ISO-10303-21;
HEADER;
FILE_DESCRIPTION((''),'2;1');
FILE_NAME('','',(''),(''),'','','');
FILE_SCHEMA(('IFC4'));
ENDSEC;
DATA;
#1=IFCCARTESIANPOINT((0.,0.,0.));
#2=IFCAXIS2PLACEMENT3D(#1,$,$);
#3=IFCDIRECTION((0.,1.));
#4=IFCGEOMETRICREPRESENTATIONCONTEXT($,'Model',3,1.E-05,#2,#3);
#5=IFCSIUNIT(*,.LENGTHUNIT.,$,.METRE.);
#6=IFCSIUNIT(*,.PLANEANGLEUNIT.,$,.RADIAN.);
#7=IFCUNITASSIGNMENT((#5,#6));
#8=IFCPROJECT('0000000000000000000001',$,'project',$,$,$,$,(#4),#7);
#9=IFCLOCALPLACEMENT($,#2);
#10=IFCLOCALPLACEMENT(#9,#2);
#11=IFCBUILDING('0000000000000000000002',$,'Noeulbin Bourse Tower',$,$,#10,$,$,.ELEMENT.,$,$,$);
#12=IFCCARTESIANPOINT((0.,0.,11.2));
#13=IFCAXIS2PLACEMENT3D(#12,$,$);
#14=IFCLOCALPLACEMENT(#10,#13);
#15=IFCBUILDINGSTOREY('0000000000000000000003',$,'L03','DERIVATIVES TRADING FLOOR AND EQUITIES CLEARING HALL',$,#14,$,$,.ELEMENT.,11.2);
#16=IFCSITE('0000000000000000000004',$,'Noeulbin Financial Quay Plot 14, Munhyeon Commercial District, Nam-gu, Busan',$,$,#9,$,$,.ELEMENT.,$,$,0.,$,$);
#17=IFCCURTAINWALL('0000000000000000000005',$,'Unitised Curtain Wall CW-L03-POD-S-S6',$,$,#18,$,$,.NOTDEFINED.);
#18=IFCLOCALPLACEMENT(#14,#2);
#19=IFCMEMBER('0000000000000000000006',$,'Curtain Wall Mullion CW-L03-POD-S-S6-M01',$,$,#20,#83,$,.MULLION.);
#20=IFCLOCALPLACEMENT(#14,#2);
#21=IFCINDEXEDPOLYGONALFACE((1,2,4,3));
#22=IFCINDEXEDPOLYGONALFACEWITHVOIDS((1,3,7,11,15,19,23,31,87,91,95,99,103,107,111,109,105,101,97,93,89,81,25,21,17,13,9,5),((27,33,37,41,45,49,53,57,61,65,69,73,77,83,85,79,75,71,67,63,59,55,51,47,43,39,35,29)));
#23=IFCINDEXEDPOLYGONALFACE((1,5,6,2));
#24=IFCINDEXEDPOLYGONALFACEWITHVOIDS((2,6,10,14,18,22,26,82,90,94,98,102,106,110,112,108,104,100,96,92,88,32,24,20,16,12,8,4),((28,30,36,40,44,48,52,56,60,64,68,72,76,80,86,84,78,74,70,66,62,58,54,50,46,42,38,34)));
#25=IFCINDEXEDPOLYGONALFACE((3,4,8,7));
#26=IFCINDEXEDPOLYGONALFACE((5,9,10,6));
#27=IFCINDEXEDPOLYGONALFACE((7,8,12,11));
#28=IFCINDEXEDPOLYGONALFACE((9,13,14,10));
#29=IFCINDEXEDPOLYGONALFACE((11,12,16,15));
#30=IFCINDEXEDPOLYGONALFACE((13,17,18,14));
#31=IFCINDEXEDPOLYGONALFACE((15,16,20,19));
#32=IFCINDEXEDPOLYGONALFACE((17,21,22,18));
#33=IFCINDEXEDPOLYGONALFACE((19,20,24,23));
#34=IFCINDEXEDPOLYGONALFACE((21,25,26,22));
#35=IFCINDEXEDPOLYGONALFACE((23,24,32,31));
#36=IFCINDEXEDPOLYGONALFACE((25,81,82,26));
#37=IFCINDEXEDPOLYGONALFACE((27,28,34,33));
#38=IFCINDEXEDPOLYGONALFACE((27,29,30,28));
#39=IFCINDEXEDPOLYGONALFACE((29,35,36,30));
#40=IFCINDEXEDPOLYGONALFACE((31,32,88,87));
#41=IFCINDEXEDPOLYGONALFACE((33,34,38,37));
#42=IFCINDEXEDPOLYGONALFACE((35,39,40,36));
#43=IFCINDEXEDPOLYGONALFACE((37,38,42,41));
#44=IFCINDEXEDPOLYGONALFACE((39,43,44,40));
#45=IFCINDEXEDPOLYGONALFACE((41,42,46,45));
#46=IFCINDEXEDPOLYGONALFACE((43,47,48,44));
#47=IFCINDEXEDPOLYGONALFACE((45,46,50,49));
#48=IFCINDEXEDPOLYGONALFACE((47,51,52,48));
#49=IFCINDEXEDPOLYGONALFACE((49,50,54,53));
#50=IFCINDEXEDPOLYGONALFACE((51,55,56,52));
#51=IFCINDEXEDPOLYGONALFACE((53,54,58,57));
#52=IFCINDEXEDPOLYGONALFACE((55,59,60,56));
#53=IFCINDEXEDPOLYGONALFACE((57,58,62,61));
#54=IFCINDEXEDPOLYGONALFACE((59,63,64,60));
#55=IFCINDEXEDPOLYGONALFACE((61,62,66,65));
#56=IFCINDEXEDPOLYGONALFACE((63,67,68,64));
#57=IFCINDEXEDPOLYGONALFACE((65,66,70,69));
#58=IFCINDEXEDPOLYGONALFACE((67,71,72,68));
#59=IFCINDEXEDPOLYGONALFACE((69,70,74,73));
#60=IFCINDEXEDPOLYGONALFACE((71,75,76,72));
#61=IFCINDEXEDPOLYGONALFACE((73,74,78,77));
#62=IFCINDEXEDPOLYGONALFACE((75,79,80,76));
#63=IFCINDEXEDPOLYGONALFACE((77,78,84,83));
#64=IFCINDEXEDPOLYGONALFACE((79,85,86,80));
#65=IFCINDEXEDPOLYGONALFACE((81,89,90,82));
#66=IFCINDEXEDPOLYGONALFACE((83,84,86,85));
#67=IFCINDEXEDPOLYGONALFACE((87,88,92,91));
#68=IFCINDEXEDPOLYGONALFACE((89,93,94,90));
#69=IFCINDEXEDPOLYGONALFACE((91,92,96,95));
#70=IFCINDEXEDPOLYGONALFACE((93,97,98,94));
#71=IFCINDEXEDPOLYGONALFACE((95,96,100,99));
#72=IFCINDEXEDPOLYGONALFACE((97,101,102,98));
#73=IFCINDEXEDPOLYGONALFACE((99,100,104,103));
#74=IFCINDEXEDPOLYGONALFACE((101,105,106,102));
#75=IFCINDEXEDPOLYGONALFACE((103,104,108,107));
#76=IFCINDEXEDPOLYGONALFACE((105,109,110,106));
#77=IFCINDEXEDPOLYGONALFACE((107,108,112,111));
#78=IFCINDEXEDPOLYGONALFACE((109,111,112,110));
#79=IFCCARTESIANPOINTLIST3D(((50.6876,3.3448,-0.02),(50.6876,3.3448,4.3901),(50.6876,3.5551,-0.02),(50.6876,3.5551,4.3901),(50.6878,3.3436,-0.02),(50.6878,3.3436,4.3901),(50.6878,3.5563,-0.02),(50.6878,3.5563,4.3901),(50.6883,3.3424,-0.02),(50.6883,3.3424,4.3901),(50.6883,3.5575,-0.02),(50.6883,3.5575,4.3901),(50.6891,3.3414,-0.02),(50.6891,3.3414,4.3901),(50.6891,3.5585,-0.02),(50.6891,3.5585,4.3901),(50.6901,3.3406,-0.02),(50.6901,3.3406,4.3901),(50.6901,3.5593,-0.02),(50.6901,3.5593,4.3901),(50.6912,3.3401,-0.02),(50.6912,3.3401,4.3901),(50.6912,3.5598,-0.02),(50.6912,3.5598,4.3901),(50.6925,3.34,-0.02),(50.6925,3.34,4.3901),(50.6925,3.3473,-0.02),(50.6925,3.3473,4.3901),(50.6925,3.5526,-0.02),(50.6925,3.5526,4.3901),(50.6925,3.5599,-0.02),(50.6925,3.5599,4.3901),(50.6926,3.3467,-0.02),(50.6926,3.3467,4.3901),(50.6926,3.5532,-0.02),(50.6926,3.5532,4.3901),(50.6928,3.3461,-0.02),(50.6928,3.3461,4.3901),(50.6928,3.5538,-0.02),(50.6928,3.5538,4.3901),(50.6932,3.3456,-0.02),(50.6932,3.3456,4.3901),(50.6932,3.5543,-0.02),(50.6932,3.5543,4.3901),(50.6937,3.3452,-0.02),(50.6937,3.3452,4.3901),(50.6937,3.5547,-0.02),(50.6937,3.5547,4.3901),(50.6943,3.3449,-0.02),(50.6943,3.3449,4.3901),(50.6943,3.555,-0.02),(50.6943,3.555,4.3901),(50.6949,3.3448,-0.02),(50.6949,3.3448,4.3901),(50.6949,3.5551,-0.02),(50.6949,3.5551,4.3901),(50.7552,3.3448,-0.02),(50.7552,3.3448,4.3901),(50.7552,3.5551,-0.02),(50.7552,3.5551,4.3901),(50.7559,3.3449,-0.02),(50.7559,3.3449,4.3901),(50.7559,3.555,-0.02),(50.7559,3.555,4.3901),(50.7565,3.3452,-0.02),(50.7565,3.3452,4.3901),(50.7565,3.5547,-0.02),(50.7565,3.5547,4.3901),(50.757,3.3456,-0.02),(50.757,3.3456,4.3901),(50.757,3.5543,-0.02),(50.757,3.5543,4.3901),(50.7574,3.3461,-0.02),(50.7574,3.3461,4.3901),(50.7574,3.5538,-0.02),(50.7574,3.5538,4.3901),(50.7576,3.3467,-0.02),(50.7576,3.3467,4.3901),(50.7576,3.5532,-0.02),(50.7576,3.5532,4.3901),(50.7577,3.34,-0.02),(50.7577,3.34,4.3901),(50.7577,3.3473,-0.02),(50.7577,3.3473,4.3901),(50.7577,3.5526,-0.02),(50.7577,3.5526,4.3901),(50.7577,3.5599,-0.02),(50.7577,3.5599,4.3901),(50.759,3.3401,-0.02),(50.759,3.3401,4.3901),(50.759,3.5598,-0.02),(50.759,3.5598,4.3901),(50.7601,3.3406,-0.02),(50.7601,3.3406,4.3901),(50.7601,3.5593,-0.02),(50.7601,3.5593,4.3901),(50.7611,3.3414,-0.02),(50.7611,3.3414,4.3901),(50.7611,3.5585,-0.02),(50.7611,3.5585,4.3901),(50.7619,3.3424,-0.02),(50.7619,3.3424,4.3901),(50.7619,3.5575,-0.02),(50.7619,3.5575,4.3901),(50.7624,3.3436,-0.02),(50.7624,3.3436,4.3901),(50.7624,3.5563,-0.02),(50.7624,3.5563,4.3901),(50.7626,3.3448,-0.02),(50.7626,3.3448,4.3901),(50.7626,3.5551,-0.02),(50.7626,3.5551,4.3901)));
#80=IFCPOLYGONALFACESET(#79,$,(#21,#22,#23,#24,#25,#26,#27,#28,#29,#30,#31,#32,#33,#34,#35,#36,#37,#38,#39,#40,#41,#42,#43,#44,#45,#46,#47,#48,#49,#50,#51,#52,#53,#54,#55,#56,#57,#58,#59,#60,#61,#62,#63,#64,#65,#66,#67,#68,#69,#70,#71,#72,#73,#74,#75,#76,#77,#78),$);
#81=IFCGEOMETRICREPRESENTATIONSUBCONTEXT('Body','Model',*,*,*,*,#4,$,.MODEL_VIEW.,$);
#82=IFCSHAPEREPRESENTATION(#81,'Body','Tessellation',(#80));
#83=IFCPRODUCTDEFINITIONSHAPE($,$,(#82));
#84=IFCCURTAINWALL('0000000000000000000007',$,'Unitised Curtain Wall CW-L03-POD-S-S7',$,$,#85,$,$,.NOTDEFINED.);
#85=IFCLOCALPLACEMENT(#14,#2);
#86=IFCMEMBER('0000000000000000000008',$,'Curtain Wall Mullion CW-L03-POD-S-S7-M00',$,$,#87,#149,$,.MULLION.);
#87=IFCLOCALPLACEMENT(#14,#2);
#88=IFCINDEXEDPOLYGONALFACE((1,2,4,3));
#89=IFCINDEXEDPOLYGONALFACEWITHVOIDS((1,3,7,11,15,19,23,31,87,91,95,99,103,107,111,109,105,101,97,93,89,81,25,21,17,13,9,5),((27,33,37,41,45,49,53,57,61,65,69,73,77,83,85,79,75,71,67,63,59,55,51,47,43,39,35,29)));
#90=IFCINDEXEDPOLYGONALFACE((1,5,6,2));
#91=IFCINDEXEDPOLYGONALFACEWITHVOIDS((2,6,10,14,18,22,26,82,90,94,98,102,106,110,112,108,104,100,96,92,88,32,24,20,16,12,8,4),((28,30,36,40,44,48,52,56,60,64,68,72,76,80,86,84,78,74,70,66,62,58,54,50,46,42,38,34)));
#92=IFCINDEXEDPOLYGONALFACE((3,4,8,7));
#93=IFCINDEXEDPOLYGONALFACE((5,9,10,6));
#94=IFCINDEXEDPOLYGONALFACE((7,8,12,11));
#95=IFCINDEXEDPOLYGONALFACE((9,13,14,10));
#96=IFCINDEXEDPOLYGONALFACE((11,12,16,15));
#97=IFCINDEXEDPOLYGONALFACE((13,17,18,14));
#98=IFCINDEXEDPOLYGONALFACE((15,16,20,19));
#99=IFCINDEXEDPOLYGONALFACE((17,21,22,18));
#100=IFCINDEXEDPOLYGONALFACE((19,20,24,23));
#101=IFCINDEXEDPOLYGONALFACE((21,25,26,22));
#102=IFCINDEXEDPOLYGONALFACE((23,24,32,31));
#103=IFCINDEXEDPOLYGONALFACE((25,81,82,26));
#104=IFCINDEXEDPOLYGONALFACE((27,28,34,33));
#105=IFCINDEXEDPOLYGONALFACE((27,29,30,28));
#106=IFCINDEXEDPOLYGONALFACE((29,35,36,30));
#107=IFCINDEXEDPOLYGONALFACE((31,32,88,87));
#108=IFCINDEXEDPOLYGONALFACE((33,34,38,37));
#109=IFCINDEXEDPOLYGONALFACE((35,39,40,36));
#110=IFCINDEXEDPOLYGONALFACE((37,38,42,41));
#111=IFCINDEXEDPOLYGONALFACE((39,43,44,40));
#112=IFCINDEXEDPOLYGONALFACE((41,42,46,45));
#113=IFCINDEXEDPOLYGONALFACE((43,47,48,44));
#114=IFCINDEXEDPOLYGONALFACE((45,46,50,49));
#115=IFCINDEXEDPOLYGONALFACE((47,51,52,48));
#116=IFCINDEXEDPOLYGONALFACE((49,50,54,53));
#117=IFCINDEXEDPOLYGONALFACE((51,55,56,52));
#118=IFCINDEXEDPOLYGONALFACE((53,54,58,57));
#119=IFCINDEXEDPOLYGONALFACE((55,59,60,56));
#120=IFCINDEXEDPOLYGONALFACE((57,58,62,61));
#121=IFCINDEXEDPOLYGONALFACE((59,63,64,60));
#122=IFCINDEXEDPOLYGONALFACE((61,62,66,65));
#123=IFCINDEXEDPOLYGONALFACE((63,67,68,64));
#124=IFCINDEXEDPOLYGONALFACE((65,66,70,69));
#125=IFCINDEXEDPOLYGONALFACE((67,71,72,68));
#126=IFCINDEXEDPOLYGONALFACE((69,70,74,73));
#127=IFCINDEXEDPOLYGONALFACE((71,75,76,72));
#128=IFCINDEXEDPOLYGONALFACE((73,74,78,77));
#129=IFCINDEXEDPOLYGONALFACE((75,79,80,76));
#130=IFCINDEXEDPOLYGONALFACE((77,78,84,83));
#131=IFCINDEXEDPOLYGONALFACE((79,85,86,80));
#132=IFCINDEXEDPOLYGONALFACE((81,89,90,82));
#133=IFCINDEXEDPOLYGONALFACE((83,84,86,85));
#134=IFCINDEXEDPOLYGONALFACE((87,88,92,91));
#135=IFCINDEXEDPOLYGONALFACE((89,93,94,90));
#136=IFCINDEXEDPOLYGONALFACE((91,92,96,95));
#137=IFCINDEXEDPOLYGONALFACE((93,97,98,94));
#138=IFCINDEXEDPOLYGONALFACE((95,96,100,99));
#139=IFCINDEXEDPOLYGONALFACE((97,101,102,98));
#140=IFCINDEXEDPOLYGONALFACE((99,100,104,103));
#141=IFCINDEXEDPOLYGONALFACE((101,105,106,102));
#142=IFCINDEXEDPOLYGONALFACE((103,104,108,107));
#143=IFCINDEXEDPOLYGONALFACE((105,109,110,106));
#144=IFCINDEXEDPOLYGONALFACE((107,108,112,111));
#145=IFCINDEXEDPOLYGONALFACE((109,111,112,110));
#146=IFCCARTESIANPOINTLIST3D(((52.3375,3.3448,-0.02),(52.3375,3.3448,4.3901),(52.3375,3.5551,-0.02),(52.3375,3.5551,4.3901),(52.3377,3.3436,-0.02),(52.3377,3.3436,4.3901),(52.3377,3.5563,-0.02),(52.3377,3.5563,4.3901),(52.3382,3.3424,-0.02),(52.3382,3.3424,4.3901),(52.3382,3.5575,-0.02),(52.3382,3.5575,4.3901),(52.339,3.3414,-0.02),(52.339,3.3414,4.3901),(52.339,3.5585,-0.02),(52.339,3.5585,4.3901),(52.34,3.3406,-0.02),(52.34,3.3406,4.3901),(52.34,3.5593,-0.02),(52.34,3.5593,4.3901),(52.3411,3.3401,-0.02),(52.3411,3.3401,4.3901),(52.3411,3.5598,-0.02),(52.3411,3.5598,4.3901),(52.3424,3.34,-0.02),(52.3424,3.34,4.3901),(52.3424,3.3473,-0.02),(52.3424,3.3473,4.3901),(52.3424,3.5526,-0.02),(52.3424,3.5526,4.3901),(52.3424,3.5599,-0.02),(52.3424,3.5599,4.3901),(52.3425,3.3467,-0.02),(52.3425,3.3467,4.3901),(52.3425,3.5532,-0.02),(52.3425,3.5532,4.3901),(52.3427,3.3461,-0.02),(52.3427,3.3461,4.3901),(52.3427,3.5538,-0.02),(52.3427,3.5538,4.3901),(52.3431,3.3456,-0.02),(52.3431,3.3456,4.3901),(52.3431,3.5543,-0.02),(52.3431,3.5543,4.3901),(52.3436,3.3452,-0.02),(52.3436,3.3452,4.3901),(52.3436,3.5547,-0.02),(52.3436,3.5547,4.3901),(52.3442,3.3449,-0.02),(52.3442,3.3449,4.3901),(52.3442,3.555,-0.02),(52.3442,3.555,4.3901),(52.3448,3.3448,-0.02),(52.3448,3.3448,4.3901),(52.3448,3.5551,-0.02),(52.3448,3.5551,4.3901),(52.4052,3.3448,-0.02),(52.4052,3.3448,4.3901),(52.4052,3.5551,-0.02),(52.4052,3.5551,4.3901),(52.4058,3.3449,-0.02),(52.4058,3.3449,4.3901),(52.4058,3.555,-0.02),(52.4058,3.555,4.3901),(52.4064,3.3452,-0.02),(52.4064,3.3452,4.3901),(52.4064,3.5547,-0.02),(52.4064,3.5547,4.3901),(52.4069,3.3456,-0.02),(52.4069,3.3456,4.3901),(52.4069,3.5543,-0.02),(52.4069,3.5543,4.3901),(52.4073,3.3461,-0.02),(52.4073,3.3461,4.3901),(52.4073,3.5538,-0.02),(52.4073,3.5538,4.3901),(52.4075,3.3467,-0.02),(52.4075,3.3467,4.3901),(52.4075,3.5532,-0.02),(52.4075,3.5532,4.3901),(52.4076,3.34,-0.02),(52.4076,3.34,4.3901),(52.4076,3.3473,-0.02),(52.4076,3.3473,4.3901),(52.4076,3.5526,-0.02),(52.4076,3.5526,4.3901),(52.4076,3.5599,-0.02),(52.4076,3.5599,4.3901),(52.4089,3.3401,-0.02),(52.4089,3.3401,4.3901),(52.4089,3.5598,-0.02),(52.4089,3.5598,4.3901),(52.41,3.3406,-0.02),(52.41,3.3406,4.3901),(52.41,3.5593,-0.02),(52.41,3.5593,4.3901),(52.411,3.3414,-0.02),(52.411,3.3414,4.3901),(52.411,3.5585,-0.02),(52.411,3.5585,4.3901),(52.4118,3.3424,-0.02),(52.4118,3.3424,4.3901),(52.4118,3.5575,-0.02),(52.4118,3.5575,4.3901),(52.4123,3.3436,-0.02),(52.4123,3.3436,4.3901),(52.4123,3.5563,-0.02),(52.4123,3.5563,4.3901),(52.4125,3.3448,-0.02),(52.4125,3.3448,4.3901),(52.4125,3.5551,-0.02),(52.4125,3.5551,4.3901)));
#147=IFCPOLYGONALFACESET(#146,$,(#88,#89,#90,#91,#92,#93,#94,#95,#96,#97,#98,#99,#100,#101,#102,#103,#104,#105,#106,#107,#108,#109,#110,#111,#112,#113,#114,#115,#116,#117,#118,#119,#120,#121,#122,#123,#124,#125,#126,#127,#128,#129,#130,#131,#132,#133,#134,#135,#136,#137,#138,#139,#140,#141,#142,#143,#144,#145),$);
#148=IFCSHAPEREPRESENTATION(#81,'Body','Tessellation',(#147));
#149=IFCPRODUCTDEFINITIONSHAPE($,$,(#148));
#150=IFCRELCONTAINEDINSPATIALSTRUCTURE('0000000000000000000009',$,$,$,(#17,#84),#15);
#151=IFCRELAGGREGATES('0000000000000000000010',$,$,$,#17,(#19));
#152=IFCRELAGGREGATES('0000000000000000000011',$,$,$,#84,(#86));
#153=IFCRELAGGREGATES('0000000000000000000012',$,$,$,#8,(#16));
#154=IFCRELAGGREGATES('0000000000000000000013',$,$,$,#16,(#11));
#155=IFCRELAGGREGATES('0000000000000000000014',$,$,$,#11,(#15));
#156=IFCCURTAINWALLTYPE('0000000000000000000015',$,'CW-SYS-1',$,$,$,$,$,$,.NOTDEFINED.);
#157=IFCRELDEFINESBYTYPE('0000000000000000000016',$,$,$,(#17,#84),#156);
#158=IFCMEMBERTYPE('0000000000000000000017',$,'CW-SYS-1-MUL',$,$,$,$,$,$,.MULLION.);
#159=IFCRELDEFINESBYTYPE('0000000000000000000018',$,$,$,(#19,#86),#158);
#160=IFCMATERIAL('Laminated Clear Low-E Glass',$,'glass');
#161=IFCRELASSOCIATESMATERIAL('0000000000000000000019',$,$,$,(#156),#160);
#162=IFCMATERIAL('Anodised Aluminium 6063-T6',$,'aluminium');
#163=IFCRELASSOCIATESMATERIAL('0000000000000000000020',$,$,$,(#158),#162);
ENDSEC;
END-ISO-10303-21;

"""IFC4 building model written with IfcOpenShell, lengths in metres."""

from ifc_helpers import new_model, si_unit, direction, frame, origin, origin_2d, place, context, subcontext, project, spatial, hollow_rectangle, extrude, material, material_profile, profile_set, type_object, element, aggregate, save


model = new_model("IFC4")

# Units and contexts
model_context = context("Model", 3, precision=1e-05, world=origin(), true_north=direction((0.0, 1.0)))
body_context = subcontext(model_context, "Body", "Model", "MODEL_VIEW")
ifc_project = project(units=[si_unit("LENGTHUNIT", "METRE"), si_unit("PLANEANGLEUNIT", "RADIAN")], contexts=[model_context])

# Site, building, storey
site_placement = place(None, origin())
site = spatial("IfcSite", under=ifc_project, at=site_placement, Name="Noeulbin Financial Quay Plot 14, Munhyeon Commercial District, Nam-gu, Busan", CompositionType="ELEMENT", RefElevation=0.0)
building_placement = place(site_placement, origin())
building = spatial("IfcBuilding", under=site, at=building_placement, Name="Noeulbin Bourse Tower", CompositionType="ELEMENT")
storey_placement = place(building_placement, frame((0.0, 0.0, 11.2)))
storey = spatial("IfcBuildingStorey", under=building, at=storey_placement, Name="L03", Description="DERIVATIVES TRADING FLOOR AND EQUITIES CLEARING HALL", CompositionType="ELEMENT", Elevation=11.2)

# Shared definitions
ifc_material_1 = material(Name="Laminated Clear Low-E Glass", Category="glass")
curtain_wall_type = type_object("IfcCurtainWallType", Name="CW-SYS-1", PredefinedType="NOTDEFINED", material=ifc_material_1)
ifc_material_2 = material(Name="Anodised Aluminium 6063-T6", Category="aluminium")
ifc_material_profile_1 = material_profile(ifc_material_2, hollow_rectangle(XDim=0.075, YDim=0.22, WallThickness=0.0049, InnerFilletRadius=0.0024, OuterFilletRadius=0.0049, at=origin_2d()), Name="ALU-MULL-75x220x5", Category="LoadBearing")
ifc_profile_set_1 = profile_set([ifc_material_profile_1], Name="Anodised Aluminium 6063-T6")
member_type_1 = type_object("IfcMemberType", Name="CW-SYS-1-MUL", PredefinedType="MULLION", material=ifc_profile_set_1)

# Curtain walls, members
curtain_wall_1_placement = place(storey_placement, origin())
curtain_wall_1 = element("IfcCurtainWall", 1, at=curtain_wall_1_placement, inside=storey, type_object=curtain_wall_type, Name="Unitised Curtain Wall CW-L03-POD-S-S6", PredefinedType="NOTDEFINED")
member_1_placement = place(storey_placement, frame((50.7251, 3.45, -0.02), z_axis=(0.0, 0.0, 1.0), x_axis=(1.0, 0.0, 0.0)))
member_1 = element("IfcMember", 2, at=member_1_placement, type_object=member_type_1, Name="Curtain Wall Mullion CW-L03-POD-S-S6-M01", PredefinedType="MULLION", context=body_context, shape_type="SweptSolid", body=[
    extrude(hollow_rectangle(XDim=0.075, YDim=0.22, WallThickness=0.0049, InnerFilletRadius=0.0024, OuterFilletRadius=0.0049, at=origin_2d()), origin(), (0.0, 0.0, 1.0), 4.4102),
])
curtain_wall_2_placement = place(storey_placement, origin())
curtain_wall_2 = element("IfcCurtainWall", 3, at=curtain_wall_2_placement, inside=storey, type_object=curtain_wall_type, Name="Unitised Curtain Wall CW-L03-POD-S-S7", PredefinedType="NOTDEFINED")
member_2_placement = place(storey_placement, frame((52.375, 3.45, -0.02), z_axis=(0.0, 0.0, 1.0), x_axis=(1.0, 0.0, 0.0)))
member_2 = element("IfcMember", 4, at=member_2_placement, type_object=member_type_1, Name="Curtain Wall Mullion CW-L03-POD-S-S7-M00", PredefinedType="MULLION", context=body_context, shape_type="SweptSolid", body=[
    extrude(hollow_rectangle(XDim=0.075, YDim=0.22, WallThickness=0.0049, InnerFilletRadius=0.0024, OuterFilletRadius=0.0049, at=origin_2d()), origin(), (0.0, 0.0, 1.0), 4.4102),
])

aggregate(curtain_wall_1, [member_1])
aggregate(curtain_wall_2, [member_2])

save(model, "model.ifc")
